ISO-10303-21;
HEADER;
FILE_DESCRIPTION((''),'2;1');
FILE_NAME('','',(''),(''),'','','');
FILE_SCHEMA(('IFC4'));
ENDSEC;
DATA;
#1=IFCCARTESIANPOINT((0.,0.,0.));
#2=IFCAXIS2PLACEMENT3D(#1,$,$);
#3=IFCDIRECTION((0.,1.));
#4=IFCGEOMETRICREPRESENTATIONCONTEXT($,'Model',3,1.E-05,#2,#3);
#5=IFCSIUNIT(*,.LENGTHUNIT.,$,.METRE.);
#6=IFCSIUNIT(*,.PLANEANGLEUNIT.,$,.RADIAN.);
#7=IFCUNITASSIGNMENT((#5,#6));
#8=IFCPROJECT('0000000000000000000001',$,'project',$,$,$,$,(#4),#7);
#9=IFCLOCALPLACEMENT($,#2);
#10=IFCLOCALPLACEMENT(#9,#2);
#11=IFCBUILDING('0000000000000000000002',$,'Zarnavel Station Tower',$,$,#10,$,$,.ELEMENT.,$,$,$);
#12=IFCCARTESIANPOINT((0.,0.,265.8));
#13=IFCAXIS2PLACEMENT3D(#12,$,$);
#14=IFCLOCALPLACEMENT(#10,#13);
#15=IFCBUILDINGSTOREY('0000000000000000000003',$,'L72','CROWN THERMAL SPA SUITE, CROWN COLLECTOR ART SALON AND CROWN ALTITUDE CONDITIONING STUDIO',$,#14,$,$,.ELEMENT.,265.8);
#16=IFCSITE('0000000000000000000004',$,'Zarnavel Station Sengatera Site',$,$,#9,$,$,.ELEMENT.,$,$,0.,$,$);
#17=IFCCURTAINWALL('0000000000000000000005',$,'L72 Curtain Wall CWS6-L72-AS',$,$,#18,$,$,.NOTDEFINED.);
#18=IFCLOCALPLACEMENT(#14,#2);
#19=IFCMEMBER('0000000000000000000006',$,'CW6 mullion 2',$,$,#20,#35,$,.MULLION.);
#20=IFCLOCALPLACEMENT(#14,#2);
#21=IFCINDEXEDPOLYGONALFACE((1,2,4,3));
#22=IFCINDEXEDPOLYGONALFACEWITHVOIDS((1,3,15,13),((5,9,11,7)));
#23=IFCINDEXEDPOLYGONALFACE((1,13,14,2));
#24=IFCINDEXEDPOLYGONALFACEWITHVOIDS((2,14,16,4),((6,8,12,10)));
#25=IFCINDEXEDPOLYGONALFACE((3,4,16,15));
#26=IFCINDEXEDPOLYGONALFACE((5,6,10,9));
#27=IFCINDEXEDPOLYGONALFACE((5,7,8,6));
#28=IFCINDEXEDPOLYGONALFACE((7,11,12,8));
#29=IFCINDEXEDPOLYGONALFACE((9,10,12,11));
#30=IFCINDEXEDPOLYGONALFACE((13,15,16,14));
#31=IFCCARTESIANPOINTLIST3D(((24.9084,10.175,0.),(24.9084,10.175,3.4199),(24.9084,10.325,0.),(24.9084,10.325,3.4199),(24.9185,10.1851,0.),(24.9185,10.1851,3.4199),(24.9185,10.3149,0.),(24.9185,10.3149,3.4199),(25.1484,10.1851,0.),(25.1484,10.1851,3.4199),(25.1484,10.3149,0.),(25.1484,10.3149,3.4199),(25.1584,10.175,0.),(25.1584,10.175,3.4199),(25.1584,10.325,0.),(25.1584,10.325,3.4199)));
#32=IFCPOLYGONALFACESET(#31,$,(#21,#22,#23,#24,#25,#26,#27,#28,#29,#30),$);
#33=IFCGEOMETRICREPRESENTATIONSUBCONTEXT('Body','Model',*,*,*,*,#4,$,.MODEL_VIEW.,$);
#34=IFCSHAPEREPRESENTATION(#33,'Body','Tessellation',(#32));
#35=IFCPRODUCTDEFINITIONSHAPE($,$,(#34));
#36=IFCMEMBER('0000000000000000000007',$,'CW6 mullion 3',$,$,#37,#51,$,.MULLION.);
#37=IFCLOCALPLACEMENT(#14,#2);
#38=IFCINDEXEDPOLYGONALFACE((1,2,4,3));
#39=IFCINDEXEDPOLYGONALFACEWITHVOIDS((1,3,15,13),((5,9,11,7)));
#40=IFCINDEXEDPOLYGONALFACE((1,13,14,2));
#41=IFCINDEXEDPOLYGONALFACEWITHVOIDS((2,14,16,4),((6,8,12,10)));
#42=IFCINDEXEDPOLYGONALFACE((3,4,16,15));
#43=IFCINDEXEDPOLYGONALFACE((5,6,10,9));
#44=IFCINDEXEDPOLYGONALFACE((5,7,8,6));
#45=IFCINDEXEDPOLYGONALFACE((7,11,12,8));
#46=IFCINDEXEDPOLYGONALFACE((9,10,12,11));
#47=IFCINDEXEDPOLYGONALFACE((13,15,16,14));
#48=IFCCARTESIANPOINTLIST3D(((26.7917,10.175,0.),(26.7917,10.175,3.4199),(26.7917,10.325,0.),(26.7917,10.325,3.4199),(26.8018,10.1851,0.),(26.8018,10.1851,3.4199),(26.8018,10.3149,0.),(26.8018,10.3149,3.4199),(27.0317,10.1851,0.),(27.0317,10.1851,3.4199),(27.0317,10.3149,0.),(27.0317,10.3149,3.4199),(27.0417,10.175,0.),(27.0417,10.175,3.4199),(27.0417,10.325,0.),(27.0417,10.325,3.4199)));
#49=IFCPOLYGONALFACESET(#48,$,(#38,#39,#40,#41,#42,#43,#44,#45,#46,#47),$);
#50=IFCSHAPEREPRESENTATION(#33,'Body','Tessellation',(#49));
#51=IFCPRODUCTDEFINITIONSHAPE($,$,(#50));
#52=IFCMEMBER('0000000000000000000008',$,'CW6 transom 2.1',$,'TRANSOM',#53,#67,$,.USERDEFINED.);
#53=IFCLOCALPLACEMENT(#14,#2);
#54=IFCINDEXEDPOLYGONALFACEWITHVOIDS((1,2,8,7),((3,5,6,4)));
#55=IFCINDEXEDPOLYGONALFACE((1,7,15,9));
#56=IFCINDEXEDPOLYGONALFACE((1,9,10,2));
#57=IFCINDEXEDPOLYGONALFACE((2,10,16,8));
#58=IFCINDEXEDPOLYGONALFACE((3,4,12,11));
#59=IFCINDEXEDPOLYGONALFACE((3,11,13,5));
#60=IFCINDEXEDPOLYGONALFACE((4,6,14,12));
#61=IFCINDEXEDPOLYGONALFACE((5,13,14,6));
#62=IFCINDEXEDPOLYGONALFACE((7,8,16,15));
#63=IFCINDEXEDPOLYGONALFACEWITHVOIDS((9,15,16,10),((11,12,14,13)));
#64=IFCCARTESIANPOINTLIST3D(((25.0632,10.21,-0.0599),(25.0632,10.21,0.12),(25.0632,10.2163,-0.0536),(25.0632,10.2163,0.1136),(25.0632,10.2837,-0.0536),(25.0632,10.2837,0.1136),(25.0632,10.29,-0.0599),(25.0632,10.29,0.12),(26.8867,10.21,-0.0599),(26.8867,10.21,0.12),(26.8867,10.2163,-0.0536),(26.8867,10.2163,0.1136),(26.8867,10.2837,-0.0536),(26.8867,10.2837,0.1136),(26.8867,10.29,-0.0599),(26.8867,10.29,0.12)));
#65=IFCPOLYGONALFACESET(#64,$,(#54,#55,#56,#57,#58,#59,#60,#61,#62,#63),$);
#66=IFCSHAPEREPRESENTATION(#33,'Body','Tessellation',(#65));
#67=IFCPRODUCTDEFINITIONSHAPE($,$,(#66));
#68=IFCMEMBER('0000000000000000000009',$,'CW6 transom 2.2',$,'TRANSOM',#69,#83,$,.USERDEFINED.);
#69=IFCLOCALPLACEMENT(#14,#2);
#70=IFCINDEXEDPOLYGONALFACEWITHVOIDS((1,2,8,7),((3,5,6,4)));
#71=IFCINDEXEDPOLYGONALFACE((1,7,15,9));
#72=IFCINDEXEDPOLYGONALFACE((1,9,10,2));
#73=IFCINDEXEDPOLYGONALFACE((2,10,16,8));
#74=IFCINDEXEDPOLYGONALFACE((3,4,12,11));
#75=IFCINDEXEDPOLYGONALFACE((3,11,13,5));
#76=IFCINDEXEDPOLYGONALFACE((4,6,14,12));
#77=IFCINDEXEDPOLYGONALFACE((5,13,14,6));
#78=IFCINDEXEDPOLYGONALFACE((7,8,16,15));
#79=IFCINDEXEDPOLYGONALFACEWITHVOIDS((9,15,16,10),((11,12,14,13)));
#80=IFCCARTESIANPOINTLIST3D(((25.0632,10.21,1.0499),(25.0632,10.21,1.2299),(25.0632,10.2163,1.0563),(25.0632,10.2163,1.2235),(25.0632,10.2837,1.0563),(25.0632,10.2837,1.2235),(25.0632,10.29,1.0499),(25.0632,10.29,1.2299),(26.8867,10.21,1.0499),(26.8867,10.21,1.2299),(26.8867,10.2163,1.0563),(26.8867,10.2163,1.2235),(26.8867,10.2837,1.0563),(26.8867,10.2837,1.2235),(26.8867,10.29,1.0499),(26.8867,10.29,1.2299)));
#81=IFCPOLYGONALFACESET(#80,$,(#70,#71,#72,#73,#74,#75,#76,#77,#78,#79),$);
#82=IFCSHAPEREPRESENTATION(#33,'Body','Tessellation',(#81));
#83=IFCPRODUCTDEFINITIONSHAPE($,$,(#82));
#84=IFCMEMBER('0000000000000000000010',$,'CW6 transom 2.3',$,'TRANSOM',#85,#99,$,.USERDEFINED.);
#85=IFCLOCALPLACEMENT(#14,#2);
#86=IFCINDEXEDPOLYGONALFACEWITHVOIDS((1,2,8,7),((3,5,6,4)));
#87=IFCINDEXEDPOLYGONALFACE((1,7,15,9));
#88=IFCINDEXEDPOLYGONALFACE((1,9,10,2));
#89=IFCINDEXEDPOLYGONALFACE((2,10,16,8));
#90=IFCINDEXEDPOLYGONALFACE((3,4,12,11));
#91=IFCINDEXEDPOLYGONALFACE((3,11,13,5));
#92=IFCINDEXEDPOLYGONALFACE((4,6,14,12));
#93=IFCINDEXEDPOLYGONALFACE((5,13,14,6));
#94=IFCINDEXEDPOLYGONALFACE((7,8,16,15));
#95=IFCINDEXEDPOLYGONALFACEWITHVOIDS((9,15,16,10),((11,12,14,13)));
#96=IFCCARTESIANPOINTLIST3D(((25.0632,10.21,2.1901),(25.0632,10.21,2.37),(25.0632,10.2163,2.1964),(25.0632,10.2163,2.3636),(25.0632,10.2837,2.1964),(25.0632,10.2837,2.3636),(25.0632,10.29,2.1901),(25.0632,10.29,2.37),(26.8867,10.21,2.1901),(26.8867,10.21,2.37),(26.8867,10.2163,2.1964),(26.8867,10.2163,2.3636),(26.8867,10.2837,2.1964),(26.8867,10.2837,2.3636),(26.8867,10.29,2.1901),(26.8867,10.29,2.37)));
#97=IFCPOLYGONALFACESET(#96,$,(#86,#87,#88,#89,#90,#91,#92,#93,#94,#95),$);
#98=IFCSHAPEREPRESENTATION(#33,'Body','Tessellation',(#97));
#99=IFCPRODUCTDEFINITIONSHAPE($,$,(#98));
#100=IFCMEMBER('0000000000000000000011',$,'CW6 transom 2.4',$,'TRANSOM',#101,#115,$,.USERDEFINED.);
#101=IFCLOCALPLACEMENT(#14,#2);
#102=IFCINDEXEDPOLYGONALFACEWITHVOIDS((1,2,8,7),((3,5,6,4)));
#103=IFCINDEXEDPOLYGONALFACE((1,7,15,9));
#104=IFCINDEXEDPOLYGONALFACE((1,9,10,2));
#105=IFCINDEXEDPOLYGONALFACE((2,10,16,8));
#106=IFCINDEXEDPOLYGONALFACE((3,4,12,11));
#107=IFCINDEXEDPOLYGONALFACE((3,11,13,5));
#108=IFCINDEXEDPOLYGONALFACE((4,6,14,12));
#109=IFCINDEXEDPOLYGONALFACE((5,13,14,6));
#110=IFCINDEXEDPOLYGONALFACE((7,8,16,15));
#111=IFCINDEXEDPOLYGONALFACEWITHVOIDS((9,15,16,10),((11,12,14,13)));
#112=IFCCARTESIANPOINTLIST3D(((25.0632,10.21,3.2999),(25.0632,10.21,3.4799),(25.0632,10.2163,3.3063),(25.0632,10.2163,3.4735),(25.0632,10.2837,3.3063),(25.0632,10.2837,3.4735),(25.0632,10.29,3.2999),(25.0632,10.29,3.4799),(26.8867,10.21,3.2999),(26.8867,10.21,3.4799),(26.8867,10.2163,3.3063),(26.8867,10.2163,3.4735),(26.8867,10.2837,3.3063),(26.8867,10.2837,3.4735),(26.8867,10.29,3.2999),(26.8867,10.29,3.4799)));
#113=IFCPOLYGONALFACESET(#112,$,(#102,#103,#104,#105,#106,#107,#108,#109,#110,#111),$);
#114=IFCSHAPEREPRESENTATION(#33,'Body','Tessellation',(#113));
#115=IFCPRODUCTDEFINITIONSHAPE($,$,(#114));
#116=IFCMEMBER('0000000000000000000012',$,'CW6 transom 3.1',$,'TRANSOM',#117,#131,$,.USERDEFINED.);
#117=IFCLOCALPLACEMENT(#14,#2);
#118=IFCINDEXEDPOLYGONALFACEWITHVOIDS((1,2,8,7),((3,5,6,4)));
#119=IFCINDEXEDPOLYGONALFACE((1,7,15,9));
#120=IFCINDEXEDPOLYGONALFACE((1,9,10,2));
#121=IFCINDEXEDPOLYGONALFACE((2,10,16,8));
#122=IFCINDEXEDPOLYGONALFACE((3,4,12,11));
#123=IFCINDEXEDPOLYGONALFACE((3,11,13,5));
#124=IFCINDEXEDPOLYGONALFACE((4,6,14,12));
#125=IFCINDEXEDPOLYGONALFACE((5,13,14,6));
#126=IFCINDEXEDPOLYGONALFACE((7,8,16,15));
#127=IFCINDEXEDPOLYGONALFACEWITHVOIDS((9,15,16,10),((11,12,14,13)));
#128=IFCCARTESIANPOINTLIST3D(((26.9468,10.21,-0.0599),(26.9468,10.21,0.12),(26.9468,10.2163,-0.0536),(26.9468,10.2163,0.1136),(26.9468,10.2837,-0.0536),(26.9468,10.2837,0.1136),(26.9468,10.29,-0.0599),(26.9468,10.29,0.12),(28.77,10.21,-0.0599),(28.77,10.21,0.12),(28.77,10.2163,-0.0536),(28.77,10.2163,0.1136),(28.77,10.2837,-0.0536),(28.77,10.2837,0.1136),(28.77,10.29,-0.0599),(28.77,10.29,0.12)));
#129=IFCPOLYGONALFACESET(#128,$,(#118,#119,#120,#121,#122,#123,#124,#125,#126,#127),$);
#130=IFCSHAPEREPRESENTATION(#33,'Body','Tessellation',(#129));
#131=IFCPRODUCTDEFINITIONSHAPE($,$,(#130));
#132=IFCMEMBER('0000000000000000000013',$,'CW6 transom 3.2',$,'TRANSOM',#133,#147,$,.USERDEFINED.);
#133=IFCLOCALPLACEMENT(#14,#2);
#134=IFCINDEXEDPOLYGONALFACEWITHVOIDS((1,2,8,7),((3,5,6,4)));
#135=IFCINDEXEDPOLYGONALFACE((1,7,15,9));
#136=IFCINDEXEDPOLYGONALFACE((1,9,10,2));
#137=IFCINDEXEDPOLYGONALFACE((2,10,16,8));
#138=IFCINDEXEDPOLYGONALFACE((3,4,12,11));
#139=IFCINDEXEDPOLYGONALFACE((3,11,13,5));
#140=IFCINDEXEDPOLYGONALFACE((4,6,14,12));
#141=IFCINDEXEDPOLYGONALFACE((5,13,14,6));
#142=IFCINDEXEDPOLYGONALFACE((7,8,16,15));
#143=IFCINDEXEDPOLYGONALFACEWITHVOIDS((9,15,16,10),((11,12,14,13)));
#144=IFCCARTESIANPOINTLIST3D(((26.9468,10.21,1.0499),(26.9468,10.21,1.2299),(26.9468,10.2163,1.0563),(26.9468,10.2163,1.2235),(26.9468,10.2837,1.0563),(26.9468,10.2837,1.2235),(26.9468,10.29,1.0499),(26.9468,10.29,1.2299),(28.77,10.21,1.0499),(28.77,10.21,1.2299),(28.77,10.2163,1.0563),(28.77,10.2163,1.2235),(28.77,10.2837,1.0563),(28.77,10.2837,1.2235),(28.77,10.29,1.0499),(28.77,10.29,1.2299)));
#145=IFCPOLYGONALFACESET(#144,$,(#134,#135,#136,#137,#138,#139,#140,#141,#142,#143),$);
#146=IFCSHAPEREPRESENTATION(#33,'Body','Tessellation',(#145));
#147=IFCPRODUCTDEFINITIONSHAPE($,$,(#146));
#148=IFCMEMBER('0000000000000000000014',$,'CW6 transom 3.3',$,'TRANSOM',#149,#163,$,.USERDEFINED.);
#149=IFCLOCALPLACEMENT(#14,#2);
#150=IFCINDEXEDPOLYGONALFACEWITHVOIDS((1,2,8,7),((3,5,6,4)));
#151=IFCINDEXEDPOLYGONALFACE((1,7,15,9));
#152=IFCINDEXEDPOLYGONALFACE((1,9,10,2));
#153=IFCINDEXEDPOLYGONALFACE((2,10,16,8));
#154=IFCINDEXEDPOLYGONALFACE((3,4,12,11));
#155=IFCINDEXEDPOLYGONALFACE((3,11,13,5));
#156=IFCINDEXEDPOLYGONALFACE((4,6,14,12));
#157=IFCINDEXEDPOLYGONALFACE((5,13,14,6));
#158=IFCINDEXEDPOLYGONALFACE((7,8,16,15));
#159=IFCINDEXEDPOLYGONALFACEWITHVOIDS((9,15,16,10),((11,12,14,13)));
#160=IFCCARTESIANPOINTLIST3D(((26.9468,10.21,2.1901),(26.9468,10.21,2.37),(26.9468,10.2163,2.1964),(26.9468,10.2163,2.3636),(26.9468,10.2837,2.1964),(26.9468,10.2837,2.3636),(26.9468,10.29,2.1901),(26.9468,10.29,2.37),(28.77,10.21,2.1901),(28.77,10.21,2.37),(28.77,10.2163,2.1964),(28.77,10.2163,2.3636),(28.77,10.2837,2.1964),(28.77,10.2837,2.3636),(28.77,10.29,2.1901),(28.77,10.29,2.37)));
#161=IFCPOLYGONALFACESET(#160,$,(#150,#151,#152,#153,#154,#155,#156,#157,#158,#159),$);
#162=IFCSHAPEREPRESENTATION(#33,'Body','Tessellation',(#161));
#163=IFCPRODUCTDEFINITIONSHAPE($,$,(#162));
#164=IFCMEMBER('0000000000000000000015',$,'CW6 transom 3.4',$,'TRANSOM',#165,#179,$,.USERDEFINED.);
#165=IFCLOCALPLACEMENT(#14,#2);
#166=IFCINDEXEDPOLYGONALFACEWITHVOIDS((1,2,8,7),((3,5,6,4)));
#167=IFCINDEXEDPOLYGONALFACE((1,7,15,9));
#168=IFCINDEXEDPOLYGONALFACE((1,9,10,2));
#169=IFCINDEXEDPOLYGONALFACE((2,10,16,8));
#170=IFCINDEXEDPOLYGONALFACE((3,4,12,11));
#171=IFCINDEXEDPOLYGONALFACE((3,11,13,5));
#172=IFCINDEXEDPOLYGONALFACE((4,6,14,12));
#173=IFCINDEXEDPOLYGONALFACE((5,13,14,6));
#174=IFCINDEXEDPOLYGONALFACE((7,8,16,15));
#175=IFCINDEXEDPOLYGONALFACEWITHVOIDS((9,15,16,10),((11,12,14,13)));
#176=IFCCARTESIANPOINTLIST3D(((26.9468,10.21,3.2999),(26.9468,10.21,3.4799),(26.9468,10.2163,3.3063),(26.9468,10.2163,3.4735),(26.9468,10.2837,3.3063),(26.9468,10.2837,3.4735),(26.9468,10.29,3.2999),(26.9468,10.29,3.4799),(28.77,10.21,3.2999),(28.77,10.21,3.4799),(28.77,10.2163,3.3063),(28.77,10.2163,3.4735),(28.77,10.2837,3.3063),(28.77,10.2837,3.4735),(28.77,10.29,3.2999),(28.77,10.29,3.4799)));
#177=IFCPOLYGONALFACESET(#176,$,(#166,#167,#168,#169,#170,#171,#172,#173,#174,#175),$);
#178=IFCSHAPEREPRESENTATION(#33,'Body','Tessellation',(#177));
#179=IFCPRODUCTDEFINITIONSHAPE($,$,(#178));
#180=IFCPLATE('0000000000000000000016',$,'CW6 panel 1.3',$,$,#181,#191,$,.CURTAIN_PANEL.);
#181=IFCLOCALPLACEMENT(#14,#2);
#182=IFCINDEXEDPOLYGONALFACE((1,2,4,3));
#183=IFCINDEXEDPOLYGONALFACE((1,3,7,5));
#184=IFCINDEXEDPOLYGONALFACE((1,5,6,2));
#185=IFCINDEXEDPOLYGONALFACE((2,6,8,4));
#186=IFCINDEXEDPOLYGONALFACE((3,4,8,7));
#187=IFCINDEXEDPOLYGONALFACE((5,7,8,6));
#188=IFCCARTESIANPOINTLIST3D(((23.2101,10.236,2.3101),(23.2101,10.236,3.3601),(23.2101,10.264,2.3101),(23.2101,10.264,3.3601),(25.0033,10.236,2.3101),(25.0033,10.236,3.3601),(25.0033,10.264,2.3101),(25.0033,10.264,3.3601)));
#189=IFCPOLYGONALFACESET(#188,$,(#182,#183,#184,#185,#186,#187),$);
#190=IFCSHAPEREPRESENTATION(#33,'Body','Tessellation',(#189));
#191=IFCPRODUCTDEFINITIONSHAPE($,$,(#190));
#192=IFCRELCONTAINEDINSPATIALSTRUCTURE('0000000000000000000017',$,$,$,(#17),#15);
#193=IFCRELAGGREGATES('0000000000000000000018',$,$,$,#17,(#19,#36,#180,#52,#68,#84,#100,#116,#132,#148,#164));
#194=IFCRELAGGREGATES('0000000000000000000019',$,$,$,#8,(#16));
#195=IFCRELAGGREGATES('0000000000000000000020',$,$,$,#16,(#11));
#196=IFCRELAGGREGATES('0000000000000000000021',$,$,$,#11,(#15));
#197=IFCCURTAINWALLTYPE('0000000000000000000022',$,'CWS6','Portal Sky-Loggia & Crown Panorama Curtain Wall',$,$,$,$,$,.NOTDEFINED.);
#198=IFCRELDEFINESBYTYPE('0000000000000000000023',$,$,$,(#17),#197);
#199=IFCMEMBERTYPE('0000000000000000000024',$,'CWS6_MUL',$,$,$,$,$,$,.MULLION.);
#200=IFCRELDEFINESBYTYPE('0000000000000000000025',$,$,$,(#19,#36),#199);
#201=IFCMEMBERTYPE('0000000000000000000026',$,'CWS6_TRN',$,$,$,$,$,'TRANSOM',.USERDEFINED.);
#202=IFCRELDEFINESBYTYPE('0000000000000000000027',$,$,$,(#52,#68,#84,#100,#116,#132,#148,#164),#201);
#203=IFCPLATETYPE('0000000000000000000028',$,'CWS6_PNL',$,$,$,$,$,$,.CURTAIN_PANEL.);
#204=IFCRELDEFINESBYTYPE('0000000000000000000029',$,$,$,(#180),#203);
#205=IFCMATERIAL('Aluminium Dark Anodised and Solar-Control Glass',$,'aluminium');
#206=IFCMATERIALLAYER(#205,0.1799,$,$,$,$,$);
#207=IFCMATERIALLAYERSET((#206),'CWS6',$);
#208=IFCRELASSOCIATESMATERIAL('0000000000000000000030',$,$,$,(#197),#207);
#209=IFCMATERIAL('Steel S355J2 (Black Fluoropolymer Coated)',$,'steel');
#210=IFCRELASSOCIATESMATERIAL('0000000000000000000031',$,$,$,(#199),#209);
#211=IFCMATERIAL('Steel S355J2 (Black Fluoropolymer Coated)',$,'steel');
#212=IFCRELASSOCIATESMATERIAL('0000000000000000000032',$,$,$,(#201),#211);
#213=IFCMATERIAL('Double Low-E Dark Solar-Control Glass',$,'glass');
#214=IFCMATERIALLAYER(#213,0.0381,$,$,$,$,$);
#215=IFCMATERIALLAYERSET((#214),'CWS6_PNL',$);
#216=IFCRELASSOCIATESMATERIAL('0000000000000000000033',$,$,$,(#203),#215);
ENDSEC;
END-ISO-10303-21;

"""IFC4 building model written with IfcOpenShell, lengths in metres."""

from ifc_helpers import new_model, si_unit, direction, frame, origin, origin_2d, place, context, subcontext, project, spatial, rectangle, hollow_rectangle, extrude, material, layer, layer_set, material_profile, profile_set, type_object, element, aggregate, save


model = new_model("IFC4")

# Units and contexts
model_context = context("Model", 3, precision=1e-05, world=origin(), true_north=direction((0.0, 1.0)))
body_context = subcontext(model_context, "Body", "Model", "MODEL_VIEW")
ifc_project = project(units=[si_unit("LENGTHUNIT", "METRE"), si_unit("PLANEANGLEUNIT", "RADIAN")], contexts=[model_context])

# Site, building, storey
site_placement = place(None, origin())
site = spatial("IfcSite", under=ifc_project, at=site_placement, Name="Zarnavel Station Sengatera Site", CompositionType="ELEMENT", RefElevation=0.0)
building_placement = place(site_placement, origin())
building = spatial("IfcBuilding", under=site, at=building_placement, Name="Zarnavel Station Tower", CompositionType="ELEMENT")
storey_placement = place(building_placement, frame((0.0, 0.0, 265.8)))
storey = spatial("IfcBuildingStorey", under=building, at=storey_placement, Name="L72", Description="CROWN THERMAL SPA SUITE, CROWN COLLECTOR ART SALON AND CROWN ALTITUDE CONDITIONING STUDIO", CompositionType="ELEMENT", Elevation=265.8)

# Curtain wall, members, plate
ifc_material_1 = material(Name="Aluminium Dark Anodised and Solar-Control Glass", Category="aluminium")
ifc_layer_1 = layer(ifc_material_1, 0.1799)
ifc_layer_set_1 = layer_set([ifc_layer_1], Name="CWS6")
curtain_wall_type = type_object("IfcCurtainWallType", Name="CWS6", Description="Portal Sky-Loggia & Crown Panorama Curtain Wall", PredefinedType="NOTDEFINED", material=ifc_layer_set_1)
curtain_wall_placement = place(storey_placement, origin())
curtain_wall = element("IfcCurtainWall", 1, at=curtain_wall_placement, inside=storey, type_object=curtain_wall_type, Name="L72 Curtain Wall CWS6-L72-AS", PredefinedType="NOTDEFINED")
ifc_material_2 = material(Name="Steel S355J2 (Black Fluoropolymer Coated)", Category="steel")
ifc_material_profile_1 = material_profile(ifc_material_2, hollow_rectangle(XDim=0.1499, YDim=0.25, WallThickness=0.01, at=origin_2d()), Name="RHS250x150x10")
ifc_profile_set_1 = profile_set([ifc_material_profile_1], Name="Steel S355J2 (Black Fluoropolymer Coated)")
member_type_1 = type_object("IfcMemberType", Name="CWS6_MUL", PredefinedType="MULLION", material=ifc_profile_set_1)
member_1_placement = place(storey_placement, frame((25.0334, 10.25, 0.0), z_axis=(0.0, 0.0, 1.0), x_axis=(0.0, 1.0, 0.0)))
member_1 = element("IfcMember", 2, at=member_1_placement, type_object=member_type_1, Name="CW6 mullion 2", PredefinedType="MULLION", context=body_context, shape_type="SweptSolid", body=[
    extrude(hollow_rectangle(XDim=0.1499, YDim=0.25, WallThickness=0.01, at=origin_2d()), origin(), (0.0, 0.0, 1.0), 3.4199),
])
member_2_placement = place(storey_placement, frame((26.9167, 10.25, 0.0), z_axis=(0.0, 0.0, 1.0), x_axis=(0.0, 1.0, 0.0)))
member_2 = element("IfcMember", 3, at=member_2_placement, type_object=member_type_1, Name="CW6 mullion 3", PredefinedType="MULLION", context=body_context, shape_type="SweptSolid", body=[
    extrude(hollow_rectangle(XDim=0.1499, YDim=0.25, WallThickness=0.01, at=origin_2d()), origin(), (0.0, 0.0, 1.0), 3.4199),
])
ifc_material_3 = material(Name="Steel S355J2 (Black Fluoropolymer Coated)", Category="steel")
ifc_material_profile_2 = material_profile(ifc_material_3, hollow_rectangle(XDim=0.0801, YDim=0.1799, WallThickness=0.0063, at=origin_2d()), Name="RHS180x80x6.3")
ifc_profile_set_2 = profile_set([ifc_material_profile_2], Name="Steel S355J2 (Black Fluoropolymer Coated)")
member_type_2 = type_object("IfcMemberType", Name="CWS6_TRN", ElementType="TRANSOM", PredefinedType="USERDEFINED", material=ifc_profile_set_2)
member_3_placement = place(storey_placement, frame((25.0632, 10.25, 0.03), z_axis=(1.0, 0.0, 0.0), x_axis=(0.0, 1.0, 0.0)))
member_3 = element("IfcMember", 4, at=member_3_placement, type_object=member_type_2, Name="CW6 transom 2.1", ObjectType="TRANSOM", PredefinedType="USERDEFINED", context=body_context, shape_type="SweptSolid", body=[
    extrude(hollow_rectangle(XDim=0.0801, YDim=0.1799, WallThickness=0.0063, at=origin_2d()), origin(), (0.0, 0.0, 1.0), 1.8235),
])
member_4_placement = place(storey_placement, frame((25.0632, 10.25, 1.1399), z_axis=(1.0, 0.0, 0.0), x_axis=(0.0, 1.0, 0.0)))
member_4 = element("IfcMember", 5, at=member_4_placement, type_object=member_type_2, Name="CW6 transom 2.2", ObjectType="TRANSOM", PredefinedType="USERDEFINED", context=body_context, shape_type="SweptSolid", body=[
    extrude(hollow_rectangle(XDim=0.0801, YDim=0.1799, WallThickness=0.0063, at=origin_2d()), origin(), (0.0, 0.0, 1.0), 1.8235),
])
member_5_placement = place(storey_placement, frame((25.0632, 10.25, 2.28), z_axis=(1.0, 0.0, 0.0), x_axis=(0.0, 1.0, 0.0)))
member_5 = element("IfcMember", 6, at=member_5_placement, type_object=member_type_2, Name="CW6 transom 2.3", ObjectType="TRANSOM", PredefinedType="USERDEFINED", context=body_context, shape_type="SweptSolid", body=[
    extrude(hollow_rectangle(XDim=0.0801, YDim=0.1799, WallThickness=0.0063, at=origin_2d()), origin(), (0.0, 0.0, 1.0), 1.8235),
])
member_6_placement = place(storey_placement, frame((25.0632, 10.25, 3.3899), z_axis=(1.0, 0.0, 0.0), x_axis=(0.0, 1.0, 0.0)))
member_6 = element("IfcMember", 7, at=member_6_placement, type_object=member_type_2, Name="CW6 transom 2.4", ObjectType="TRANSOM", PredefinedType="USERDEFINED", context=body_context, shape_type="SweptSolid", body=[
    extrude(hollow_rectangle(XDim=0.0801, YDim=0.1799, WallThickness=0.0063, at=origin_2d()), origin(), (0.0, 0.0, 1.0), 1.8235),
])
member_7_placement = place(storey_placement, frame((26.9468, 10.25, 0.03), z_axis=(1.0, 0.0, 0.0), x_axis=(0.0, 1.0, 0.0)))
member_7 = element("IfcMember", 8, at=member_7_placement, type_object=member_type_2, Name="CW6 transom 3.1", ObjectType="TRANSOM", PredefinedType="USERDEFINED", context=body_context, shape_type="SweptSolid", body=[
    extrude(hollow_rectangle(XDim=0.0801, YDim=0.1799, WallThickness=0.0063, at=origin_2d()), origin(), (0.0, 0.0, 1.0), 1.8232),
])
member_8_placement = place(storey_placement, frame((26.9468, 10.25, 1.1399), z_axis=(1.0, 0.0, 0.0), x_axis=(0.0, 1.0, 0.0)))
member_8 = element("IfcMember", 9, at=member_8_placement, type_object=member_type_2, Name="CW6 transom 3.2", ObjectType="TRANSOM", PredefinedType="USERDEFINED", context=body_context, shape_type="SweptSolid", body=[
    extrude(hollow_rectangle(XDim=0.0801, YDim=0.1799, WallThickness=0.0063, at=origin_2d()), origin(), (0.0, 0.0, 1.0), 1.8232),
])
member_9_placement = place(storey_placement, frame((26.9468, 10.25, 2.28), z_axis=(1.0, 0.0, 0.0), x_axis=(0.0, 1.0, 0.0)))
member_9 = element("IfcMember", 10, at=member_9_placement, type_object=member_type_2, Name="CW6 transom 3.3", ObjectType="TRANSOM", PredefinedType="USERDEFINED", context=body_context, shape_type="SweptSolid", body=[
    extrude(hollow_rectangle(XDim=0.0801, YDim=0.1799, WallThickness=0.0063, at=origin_2d()), origin(), (0.0, 0.0, 1.0), 1.8232),
])
member_10_placement = place(storey_placement, frame((26.9468, 10.25, 3.3899), z_axis=(1.0, 0.0, 0.0), x_axis=(0.0, 1.0, 0.0)))
member_10 = element("IfcMember", 11, at=member_10_placement, type_object=member_type_2, Name="CW6 transom 3.4", ObjectType="TRANSOM", PredefinedType="USERDEFINED", context=body_context, shape_type="SweptSolid", body=[
    extrude(hollow_rectangle(XDim=0.0801, YDim=0.1799, WallThickness=0.0063, at=origin_2d()), origin(), (0.0, 0.0, 1.0), 1.8232),
])
ifc_material_4 = material(Name="Double Low-E Dark Solar-Control Glass", Category="glass")
ifc_layer_2 = layer(ifc_material_4, 0.0381)
ifc_layer_set_2 = layer_set([ifc_layer_2], Name="CWS6_PNL")
plate_type = type_object("IfcPlateType", Name="CWS6_PNL", PredefinedType="CURTAIN_PANEL", material=ifc_layer_set_2)
plate_1_placement = place(storey_placement, frame((24.1067, 10.25, 2.3101), z_axis=(0.0, 0.0, 1.0), x_axis=(1.0, 0.0, 0.0)))
plate_1 = element("IfcPlate", 12, at=plate_1_placement, type_object=plate_type, Name="CW6 panel 1.3", PredefinedType="CURTAIN_PANEL", context=body_context, shape_type="SweptSolid", body=[
    extrude(rectangle(XDim=1.7932, YDim=0.0281, at=origin_2d()), origin(), (0.0, 0.0, 1.0), 1.05),
])
aggregate(curtain_wall, [member_1, member_2, plate_1, member_3, member_4, member_5, member_6, member_7, member_8, member_9, member_10])

save(model, "model.ifc")
